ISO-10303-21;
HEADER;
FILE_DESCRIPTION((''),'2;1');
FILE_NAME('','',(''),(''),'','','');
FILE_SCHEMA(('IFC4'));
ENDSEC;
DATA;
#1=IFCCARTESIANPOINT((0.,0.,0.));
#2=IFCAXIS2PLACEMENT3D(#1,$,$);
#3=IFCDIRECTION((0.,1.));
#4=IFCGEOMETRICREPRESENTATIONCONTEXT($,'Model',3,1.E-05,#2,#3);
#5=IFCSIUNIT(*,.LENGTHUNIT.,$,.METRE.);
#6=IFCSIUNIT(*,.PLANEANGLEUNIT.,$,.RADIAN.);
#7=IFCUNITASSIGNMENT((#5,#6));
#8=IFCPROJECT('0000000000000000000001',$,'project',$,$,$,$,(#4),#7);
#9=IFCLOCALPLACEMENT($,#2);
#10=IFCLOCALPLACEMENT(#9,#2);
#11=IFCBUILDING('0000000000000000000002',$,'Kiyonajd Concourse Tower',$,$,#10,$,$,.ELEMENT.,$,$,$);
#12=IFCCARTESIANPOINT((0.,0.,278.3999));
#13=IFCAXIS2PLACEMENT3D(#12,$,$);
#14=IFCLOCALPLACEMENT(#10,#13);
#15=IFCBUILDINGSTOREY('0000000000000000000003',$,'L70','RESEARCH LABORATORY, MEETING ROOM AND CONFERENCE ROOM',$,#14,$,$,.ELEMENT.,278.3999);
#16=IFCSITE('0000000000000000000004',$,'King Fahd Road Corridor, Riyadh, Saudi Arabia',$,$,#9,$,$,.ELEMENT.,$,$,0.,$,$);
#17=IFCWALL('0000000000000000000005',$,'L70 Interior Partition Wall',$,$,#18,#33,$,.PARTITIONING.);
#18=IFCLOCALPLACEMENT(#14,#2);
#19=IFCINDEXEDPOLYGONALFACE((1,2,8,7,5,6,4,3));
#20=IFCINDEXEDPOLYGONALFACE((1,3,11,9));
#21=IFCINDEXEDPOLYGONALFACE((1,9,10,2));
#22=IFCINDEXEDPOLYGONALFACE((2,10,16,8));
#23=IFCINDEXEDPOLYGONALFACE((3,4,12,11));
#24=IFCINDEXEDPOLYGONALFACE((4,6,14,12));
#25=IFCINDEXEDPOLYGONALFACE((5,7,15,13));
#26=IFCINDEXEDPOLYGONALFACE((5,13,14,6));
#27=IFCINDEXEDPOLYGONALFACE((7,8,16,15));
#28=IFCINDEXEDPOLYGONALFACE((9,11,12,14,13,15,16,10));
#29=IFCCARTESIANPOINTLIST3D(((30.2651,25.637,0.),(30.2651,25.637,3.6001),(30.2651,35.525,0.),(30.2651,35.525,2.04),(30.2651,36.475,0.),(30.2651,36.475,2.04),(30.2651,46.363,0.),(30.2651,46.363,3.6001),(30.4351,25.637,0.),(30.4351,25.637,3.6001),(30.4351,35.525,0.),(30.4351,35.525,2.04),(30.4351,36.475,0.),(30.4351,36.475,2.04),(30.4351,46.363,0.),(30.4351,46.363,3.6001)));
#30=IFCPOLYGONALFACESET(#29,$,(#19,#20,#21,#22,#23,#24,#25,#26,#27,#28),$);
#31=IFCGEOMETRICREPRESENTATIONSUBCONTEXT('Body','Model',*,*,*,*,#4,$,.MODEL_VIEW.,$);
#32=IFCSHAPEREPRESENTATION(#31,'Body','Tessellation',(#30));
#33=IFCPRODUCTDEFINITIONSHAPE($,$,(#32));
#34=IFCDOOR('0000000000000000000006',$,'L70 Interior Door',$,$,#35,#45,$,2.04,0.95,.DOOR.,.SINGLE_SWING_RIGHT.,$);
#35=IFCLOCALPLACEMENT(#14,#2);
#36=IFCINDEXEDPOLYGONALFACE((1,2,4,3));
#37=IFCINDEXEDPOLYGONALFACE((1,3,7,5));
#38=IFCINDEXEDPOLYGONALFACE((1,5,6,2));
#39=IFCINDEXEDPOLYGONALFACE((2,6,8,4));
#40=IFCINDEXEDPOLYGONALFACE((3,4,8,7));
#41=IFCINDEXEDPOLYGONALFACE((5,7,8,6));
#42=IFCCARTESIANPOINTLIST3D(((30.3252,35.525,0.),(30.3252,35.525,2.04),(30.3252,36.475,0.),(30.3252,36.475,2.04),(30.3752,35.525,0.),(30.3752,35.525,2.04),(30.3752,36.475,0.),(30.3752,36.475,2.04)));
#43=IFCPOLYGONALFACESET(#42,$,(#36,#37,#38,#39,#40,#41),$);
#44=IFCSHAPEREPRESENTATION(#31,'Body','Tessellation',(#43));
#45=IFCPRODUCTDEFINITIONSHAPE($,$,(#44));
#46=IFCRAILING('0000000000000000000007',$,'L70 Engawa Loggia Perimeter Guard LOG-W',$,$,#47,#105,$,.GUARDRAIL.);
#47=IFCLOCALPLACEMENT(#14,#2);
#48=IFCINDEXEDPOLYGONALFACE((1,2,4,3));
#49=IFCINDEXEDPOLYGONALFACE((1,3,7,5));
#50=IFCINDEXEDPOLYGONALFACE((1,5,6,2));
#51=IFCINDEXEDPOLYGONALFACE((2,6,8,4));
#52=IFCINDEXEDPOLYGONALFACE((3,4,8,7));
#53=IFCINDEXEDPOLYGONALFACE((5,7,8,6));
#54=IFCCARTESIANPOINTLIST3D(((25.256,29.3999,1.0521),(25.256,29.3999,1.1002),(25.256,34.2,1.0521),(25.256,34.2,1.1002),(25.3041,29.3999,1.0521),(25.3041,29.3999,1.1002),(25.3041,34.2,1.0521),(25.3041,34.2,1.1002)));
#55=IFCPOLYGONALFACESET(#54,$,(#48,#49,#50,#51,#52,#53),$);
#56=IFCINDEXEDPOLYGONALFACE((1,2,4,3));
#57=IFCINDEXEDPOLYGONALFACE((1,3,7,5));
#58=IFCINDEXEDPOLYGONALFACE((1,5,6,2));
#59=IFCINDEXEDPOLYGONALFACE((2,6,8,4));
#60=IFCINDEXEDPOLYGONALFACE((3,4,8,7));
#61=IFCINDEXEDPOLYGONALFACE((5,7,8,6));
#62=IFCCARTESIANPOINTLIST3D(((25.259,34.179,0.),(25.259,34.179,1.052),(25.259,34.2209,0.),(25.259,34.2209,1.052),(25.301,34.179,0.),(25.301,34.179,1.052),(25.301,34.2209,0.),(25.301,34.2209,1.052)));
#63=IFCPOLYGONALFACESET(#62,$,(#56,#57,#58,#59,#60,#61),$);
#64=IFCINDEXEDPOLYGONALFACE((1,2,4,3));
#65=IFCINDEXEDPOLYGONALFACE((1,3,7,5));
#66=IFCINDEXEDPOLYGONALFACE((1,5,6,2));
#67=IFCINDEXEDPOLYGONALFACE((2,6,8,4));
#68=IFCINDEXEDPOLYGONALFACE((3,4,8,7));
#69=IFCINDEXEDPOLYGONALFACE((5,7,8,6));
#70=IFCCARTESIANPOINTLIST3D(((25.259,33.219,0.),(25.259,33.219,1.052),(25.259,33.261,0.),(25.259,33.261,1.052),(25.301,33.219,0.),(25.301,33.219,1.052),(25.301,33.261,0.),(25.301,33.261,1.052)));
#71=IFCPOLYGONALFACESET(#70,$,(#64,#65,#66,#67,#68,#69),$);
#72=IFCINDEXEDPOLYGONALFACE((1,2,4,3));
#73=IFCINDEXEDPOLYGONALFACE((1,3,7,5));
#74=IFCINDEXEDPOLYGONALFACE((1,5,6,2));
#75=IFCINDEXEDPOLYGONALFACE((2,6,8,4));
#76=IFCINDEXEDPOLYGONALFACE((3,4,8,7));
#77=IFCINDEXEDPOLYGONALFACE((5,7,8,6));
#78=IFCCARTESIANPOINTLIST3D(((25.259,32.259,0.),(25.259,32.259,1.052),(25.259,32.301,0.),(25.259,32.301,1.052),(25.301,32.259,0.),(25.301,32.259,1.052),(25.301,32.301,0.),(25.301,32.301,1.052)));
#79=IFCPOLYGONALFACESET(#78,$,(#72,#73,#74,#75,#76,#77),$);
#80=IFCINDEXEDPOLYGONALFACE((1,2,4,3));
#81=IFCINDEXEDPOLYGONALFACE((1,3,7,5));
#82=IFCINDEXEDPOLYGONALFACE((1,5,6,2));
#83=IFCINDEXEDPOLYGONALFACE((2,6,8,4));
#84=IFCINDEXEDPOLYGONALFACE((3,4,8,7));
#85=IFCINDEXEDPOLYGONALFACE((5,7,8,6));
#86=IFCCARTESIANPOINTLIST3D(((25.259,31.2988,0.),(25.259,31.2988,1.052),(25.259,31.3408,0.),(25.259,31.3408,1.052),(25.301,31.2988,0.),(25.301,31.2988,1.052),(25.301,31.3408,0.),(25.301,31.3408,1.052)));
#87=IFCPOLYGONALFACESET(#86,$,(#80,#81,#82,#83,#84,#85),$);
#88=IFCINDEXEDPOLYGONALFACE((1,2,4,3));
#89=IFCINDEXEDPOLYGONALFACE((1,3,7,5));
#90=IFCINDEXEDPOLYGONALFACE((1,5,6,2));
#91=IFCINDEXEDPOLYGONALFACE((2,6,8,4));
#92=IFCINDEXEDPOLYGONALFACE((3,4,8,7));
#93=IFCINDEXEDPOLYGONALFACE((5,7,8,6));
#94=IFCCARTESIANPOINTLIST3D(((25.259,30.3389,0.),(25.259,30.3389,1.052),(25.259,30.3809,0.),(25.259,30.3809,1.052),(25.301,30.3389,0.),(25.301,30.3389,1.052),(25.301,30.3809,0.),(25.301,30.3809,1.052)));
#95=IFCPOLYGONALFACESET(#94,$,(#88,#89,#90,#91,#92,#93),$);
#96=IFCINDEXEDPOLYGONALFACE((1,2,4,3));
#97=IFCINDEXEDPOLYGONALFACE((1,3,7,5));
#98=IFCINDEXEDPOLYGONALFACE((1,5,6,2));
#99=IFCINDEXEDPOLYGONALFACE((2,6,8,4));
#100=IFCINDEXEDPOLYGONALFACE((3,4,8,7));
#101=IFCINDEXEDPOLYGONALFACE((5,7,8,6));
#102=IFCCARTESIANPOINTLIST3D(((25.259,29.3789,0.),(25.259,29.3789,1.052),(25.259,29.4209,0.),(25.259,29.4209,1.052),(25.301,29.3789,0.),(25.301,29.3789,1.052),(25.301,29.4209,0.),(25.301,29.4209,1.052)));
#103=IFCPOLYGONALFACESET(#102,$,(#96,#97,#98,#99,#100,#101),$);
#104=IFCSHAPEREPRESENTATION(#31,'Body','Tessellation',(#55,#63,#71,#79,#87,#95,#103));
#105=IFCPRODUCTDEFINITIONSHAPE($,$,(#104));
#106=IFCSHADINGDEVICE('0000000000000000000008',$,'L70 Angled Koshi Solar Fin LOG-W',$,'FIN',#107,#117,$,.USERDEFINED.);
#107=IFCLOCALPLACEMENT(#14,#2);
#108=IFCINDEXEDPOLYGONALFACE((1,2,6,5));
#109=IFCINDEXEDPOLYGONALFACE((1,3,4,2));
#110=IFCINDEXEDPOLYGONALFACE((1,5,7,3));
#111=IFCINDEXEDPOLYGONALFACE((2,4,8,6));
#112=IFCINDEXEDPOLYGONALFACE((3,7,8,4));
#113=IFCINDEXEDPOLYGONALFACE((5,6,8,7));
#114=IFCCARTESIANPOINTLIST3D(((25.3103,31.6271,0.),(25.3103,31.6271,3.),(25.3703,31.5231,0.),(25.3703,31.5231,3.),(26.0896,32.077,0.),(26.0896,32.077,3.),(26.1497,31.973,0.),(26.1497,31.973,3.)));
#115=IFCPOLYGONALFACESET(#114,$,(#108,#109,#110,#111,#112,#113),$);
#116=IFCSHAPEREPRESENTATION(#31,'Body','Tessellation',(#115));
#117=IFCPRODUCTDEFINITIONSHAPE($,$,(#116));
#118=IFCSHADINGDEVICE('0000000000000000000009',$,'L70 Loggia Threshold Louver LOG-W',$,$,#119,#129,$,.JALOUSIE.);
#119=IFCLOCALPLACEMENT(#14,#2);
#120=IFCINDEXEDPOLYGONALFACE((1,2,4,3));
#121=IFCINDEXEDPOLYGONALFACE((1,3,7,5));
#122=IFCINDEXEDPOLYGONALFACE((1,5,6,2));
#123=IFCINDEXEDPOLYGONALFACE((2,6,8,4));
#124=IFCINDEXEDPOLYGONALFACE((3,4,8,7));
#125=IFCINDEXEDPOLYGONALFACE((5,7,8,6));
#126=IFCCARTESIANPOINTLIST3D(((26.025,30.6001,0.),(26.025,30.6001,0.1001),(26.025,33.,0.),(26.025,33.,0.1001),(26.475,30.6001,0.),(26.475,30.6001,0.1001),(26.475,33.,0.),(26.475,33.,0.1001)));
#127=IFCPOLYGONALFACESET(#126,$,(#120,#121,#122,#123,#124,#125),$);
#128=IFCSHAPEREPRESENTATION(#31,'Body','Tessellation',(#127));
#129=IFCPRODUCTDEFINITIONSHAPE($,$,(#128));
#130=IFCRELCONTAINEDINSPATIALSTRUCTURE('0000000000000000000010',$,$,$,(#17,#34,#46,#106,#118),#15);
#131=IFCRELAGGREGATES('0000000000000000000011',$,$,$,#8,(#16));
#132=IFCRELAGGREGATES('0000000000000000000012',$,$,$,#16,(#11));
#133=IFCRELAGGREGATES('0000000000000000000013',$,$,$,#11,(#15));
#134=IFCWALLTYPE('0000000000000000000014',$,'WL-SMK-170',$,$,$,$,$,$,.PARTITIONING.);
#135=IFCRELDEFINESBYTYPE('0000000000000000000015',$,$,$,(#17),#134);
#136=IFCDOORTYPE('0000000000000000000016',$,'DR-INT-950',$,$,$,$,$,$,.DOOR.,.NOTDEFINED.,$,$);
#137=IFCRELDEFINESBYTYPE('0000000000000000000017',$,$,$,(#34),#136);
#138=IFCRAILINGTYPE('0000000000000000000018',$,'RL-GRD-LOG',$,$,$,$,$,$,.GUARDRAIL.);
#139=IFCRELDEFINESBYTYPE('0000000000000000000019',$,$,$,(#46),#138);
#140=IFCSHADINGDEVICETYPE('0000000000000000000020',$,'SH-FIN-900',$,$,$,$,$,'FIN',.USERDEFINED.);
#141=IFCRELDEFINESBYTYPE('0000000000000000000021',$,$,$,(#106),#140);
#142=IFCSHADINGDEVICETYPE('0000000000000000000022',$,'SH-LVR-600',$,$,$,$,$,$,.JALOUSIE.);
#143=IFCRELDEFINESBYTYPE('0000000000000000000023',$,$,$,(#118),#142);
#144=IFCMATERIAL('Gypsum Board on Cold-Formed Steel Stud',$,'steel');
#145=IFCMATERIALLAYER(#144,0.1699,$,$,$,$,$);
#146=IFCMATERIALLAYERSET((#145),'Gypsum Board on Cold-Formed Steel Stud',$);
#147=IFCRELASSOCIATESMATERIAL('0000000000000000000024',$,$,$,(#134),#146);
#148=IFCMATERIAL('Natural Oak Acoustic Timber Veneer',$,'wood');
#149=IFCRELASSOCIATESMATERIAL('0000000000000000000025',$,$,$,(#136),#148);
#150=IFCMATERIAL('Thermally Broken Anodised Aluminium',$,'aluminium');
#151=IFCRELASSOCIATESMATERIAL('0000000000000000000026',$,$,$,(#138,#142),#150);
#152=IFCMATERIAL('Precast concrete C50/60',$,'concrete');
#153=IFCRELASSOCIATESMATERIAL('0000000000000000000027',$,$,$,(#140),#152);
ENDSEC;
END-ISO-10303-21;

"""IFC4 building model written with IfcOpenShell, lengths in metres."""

from ifc_helpers import new_model, si_unit, direction, frame, frame_2d, origin, origin_2d, place, context, subcontext, project, spatial, rectangle, extrude, material, layer, layer_set, type_object, element, fill, save


model = new_model("IFC4")

# Units and contexts
model_context = context("Model", 3, precision=1e-05, world=origin(), true_north=direction((0.0, 1.0)))
body_context = subcontext(model_context, "Body", "Model", "MODEL_VIEW")
ifc_project = project(units=[si_unit("LENGTHUNIT", "METRE"), si_unit("PLANEANGLEUNIT", "RADIAN")], contexts=[model_context])

# Site, building, storey
site_placement = place(None, origin())
site = spatial("IfcSite", under=ifc_project, at=site_placement, Name="King Fahd Road Corridor, Riyadh, Saudi Arabia", CompositionType="ELEMENT", RefElevation=0.0)
building_placement = place(site_placement, origin())
building = spatial("IfcBuilding", under=site, at=building_placement, Name="Kiyonajd Concourse Tower", CompositionType="ELEMENT")
storey_placement = place(building_placement, frame((0.0, 0.0, 278.3999)))
storey = spatial("IfcBuildingStorey", under=building, at=storey_placement, Name="L70", Description="RESEARCH LABORATORY, MEETING ROOM AND CONFERENCE ROOM", CompositionType="ELEMENT", Elevation=278.3999)

# Shared definitions
ifc_material_1 = material(Name="Thermally Broken Anodised Aluminium", Category="aluminium")

# Shared definitions
ifc_material_2 = material(Name="Precast concrete C50/60", Category="concrete")

# Shared definitions
ifc_material_3 = material(Name="Gypsum Board on Cold-Formed Steel Stud", Category="steel")
ifc_layer_1 = layer(ifc_material_3, 0.1699)
ifc_layer_set_1 = layer_set([ifc_layer_1], Name="Gypsum Board on Cold-Formed Steel Stud")
wall_type_1 = type_object("IfcWallType", Name="WL-SMK-170", PredefinedType="PARTITIONING", material=ifc_layer_set_1)
ifc_material_4 = material(Name="Natural Oak Acoustic Timber Veneer", Category="wood")
door_type_1 = type_object("IfcDoorType", Name="DR-INT-950", OperationType="NOTDEFINED", PredefinedType="DOOR", material=ifc_material_4)

# Wall, opening, door
wall_1_placement = place(storey_placement, frame((30.3501, 25.637, 0.0), z_axis=(0.0, 0.0, 1.0), x_axis=(0.0, 1.0, 0.0)))
wall_1 = element("IfcWall", 1, at=wall_1_placement, inside=storey, type_object=wall_type_1, Name="L70 Interior Partition Wall", PredefinedType="PARTITIONING", context=body_context, shape_type="SweptSolid", body=[
    extrude(rectangle(XDim=20.7261, YDim=0.1699, at=frame_2d((10.363, 0.0))), origin(), (0.0, 0.0, 1.0), 3.6001),
])
opening_1_placement = place(wall_1_placement, frame((9.8879, 0.0, 0.0)))
opening_1 = element("IfcOpeningElement", 2, at=opening_1_placement, cuts=wall_1, PredefinedType="OPENING", context=body_context, shape_type="SweptSolid", body=[
    extrude(rectangle(XDim=0.95, YDim=2.04, at=frame_2d((0.4751, 1.02))), frame((0.0, 0.095, 0.0), z_axis=(0.0, -1.0, 0.0), x_axis=(1.0, 0.0, 0.0)), (0.0, 0.0, 1.0), 0.1899),
])
door_1_placement = place(opening_1_placement, origin())
door_1 = element("IfcDoor", 3, at=door_1_placement, inside=storey, type_object=door_type_1, Name="L70 Interior Door", OperationType="SINGLE_SWING_RIGHT", OverallHeight=2.04, OverallWidth=0.95, PredefinedType="DOOR", context=body_context, shape_type="SweptSolid", body=[
    extrude(rectangle(XDim=0.95, YDim=2.04, at=frame_2d((0.4751, 1.02))), frame((0.0, 0.0249, 0.0), z_axis=(0.0, -1.0, 0.0), x_axis=(1.0, 0.0, 0.0)), (0.0, 0.0, 1.0), 0.05),
])
fill(opening_1, door_1)

# Railing
railing_type = type_object("IfcRailingType", Name="RL-GRD-LOG", PredefinedType="GUARDRAIL", material=ifc_material_1)
railing_placement = place(storey_placement, frame((25.28, 34.2, 0.0)))
element("IfcRailing", 4, at=railing_placement, inside=storey, type_object=railing_type, Name="L70 Engawa Loggia Perimeter Guard LOG-W", PredefinedType="GUARDRAIL", context=body_context, shape_type="SweptSolid", body=[
    extrude(rectangle(XDim=0.0481, YDim=0.0481, at=origin_2d()), frame((0.0, 0.0, 1.0762), z_axis=(0.0, -1.0, 0.0), x_axis=(1.0, 0.0, 0.0)), (0.0, 0.0, 1.0), 4.8),
    extrude(rectangle(XDim=0.042, YDim=0.042, at=origin_2d()), origin(), (0.0, 0.0, 1.0), 1.052),
    extrude(rectangle(XDim=0.042, YDim=0.042, at=origin_2d()), frame((0.0, -0.96, 0.0)), (0.0, 0.0, 1.0), 1.052),
    extrude(rectangle(XDim=0.042, YDim=0.042, at=origin_2d()), frame((0.0, -1.9199, 0.0)), (0.0, 0.0, 1.0), 1.052),
    extrude(rectangle(XDim=0.042, YDim=0.042, at=origin_2d()), frame((0.0, -2.8801, 0.0)), (0.0, 0.0, 1.0), 1.052),
    extrude(rectangle(XDim=0.042, YDim=0.042, at=origin_2d()), frame((0.0, -3.8401, 0.0)), (0.0, 0.0, 1.0), 1.052),
    extrude(rectangle(XDim=0.042, YDim=0.042, at=origin_2d()), frame((0.0, -4.8, 0.0)), (0.0, 0.0, 1.0), 1.052),
])

# Shading devices
shading_device_type_1 = type_object("IfcShadingDeviceType", Name="SH-FIN-900", ElementType="FIN", PredefinedType="USERDEFINED", material=ifc_material_2)
shading_device_1_placement = place(storey_placement, frame((25.73, 31.8, 0.0), z_axis=(0.0, 0.0, 1.0), x_axis=(0.866025, 0.5, 0.0)))
element("IfcShadingDevice", 5, at=shading_device_1_placement, inside=storey, type_object=shading_device_type_1, Name="L70 Angled Koshi Solar Fin LOG-W", ObjectType="FIN", PredefinedType="USERDEFINED", context=body_context, shape_type="SweptSolid", body=[
    extrude(rectangle(XDim=0.8999, YDim=0.1201, at=origin_2d()), origin(), (0.0, 0.0, 1.0), 3.0),
])
shading_device_type_2 = type_object("IfcShadingDeviceType", Name="SH-LVR-600", PredefinedType="JALOUSIE", material=ifc_material_1)
shading_device_2_placement = place(storey_placement, frame((26.25, 31.8, 0.0), z_axis=(0.0, 0.0, 1.0), x_axis=(0.0, 1.0, 0.0)))
element("IfcShadingDevice", 6, at=shading_device_2_placement, inside=storey, type_object=shading_device_type_2, Name="L70 Loggia Threshold Louver LOG-W", PredefinedType="JALOUSIE", context=body_context, shape_type="SweptSolid", body=[
    extrude(rectangle(XDim=2.3999, YDim=0.45, at=origin_2d()), origin(), (0.0, 0.0, 1.0), 0.1001),
])

save(model, "model.ifc")
